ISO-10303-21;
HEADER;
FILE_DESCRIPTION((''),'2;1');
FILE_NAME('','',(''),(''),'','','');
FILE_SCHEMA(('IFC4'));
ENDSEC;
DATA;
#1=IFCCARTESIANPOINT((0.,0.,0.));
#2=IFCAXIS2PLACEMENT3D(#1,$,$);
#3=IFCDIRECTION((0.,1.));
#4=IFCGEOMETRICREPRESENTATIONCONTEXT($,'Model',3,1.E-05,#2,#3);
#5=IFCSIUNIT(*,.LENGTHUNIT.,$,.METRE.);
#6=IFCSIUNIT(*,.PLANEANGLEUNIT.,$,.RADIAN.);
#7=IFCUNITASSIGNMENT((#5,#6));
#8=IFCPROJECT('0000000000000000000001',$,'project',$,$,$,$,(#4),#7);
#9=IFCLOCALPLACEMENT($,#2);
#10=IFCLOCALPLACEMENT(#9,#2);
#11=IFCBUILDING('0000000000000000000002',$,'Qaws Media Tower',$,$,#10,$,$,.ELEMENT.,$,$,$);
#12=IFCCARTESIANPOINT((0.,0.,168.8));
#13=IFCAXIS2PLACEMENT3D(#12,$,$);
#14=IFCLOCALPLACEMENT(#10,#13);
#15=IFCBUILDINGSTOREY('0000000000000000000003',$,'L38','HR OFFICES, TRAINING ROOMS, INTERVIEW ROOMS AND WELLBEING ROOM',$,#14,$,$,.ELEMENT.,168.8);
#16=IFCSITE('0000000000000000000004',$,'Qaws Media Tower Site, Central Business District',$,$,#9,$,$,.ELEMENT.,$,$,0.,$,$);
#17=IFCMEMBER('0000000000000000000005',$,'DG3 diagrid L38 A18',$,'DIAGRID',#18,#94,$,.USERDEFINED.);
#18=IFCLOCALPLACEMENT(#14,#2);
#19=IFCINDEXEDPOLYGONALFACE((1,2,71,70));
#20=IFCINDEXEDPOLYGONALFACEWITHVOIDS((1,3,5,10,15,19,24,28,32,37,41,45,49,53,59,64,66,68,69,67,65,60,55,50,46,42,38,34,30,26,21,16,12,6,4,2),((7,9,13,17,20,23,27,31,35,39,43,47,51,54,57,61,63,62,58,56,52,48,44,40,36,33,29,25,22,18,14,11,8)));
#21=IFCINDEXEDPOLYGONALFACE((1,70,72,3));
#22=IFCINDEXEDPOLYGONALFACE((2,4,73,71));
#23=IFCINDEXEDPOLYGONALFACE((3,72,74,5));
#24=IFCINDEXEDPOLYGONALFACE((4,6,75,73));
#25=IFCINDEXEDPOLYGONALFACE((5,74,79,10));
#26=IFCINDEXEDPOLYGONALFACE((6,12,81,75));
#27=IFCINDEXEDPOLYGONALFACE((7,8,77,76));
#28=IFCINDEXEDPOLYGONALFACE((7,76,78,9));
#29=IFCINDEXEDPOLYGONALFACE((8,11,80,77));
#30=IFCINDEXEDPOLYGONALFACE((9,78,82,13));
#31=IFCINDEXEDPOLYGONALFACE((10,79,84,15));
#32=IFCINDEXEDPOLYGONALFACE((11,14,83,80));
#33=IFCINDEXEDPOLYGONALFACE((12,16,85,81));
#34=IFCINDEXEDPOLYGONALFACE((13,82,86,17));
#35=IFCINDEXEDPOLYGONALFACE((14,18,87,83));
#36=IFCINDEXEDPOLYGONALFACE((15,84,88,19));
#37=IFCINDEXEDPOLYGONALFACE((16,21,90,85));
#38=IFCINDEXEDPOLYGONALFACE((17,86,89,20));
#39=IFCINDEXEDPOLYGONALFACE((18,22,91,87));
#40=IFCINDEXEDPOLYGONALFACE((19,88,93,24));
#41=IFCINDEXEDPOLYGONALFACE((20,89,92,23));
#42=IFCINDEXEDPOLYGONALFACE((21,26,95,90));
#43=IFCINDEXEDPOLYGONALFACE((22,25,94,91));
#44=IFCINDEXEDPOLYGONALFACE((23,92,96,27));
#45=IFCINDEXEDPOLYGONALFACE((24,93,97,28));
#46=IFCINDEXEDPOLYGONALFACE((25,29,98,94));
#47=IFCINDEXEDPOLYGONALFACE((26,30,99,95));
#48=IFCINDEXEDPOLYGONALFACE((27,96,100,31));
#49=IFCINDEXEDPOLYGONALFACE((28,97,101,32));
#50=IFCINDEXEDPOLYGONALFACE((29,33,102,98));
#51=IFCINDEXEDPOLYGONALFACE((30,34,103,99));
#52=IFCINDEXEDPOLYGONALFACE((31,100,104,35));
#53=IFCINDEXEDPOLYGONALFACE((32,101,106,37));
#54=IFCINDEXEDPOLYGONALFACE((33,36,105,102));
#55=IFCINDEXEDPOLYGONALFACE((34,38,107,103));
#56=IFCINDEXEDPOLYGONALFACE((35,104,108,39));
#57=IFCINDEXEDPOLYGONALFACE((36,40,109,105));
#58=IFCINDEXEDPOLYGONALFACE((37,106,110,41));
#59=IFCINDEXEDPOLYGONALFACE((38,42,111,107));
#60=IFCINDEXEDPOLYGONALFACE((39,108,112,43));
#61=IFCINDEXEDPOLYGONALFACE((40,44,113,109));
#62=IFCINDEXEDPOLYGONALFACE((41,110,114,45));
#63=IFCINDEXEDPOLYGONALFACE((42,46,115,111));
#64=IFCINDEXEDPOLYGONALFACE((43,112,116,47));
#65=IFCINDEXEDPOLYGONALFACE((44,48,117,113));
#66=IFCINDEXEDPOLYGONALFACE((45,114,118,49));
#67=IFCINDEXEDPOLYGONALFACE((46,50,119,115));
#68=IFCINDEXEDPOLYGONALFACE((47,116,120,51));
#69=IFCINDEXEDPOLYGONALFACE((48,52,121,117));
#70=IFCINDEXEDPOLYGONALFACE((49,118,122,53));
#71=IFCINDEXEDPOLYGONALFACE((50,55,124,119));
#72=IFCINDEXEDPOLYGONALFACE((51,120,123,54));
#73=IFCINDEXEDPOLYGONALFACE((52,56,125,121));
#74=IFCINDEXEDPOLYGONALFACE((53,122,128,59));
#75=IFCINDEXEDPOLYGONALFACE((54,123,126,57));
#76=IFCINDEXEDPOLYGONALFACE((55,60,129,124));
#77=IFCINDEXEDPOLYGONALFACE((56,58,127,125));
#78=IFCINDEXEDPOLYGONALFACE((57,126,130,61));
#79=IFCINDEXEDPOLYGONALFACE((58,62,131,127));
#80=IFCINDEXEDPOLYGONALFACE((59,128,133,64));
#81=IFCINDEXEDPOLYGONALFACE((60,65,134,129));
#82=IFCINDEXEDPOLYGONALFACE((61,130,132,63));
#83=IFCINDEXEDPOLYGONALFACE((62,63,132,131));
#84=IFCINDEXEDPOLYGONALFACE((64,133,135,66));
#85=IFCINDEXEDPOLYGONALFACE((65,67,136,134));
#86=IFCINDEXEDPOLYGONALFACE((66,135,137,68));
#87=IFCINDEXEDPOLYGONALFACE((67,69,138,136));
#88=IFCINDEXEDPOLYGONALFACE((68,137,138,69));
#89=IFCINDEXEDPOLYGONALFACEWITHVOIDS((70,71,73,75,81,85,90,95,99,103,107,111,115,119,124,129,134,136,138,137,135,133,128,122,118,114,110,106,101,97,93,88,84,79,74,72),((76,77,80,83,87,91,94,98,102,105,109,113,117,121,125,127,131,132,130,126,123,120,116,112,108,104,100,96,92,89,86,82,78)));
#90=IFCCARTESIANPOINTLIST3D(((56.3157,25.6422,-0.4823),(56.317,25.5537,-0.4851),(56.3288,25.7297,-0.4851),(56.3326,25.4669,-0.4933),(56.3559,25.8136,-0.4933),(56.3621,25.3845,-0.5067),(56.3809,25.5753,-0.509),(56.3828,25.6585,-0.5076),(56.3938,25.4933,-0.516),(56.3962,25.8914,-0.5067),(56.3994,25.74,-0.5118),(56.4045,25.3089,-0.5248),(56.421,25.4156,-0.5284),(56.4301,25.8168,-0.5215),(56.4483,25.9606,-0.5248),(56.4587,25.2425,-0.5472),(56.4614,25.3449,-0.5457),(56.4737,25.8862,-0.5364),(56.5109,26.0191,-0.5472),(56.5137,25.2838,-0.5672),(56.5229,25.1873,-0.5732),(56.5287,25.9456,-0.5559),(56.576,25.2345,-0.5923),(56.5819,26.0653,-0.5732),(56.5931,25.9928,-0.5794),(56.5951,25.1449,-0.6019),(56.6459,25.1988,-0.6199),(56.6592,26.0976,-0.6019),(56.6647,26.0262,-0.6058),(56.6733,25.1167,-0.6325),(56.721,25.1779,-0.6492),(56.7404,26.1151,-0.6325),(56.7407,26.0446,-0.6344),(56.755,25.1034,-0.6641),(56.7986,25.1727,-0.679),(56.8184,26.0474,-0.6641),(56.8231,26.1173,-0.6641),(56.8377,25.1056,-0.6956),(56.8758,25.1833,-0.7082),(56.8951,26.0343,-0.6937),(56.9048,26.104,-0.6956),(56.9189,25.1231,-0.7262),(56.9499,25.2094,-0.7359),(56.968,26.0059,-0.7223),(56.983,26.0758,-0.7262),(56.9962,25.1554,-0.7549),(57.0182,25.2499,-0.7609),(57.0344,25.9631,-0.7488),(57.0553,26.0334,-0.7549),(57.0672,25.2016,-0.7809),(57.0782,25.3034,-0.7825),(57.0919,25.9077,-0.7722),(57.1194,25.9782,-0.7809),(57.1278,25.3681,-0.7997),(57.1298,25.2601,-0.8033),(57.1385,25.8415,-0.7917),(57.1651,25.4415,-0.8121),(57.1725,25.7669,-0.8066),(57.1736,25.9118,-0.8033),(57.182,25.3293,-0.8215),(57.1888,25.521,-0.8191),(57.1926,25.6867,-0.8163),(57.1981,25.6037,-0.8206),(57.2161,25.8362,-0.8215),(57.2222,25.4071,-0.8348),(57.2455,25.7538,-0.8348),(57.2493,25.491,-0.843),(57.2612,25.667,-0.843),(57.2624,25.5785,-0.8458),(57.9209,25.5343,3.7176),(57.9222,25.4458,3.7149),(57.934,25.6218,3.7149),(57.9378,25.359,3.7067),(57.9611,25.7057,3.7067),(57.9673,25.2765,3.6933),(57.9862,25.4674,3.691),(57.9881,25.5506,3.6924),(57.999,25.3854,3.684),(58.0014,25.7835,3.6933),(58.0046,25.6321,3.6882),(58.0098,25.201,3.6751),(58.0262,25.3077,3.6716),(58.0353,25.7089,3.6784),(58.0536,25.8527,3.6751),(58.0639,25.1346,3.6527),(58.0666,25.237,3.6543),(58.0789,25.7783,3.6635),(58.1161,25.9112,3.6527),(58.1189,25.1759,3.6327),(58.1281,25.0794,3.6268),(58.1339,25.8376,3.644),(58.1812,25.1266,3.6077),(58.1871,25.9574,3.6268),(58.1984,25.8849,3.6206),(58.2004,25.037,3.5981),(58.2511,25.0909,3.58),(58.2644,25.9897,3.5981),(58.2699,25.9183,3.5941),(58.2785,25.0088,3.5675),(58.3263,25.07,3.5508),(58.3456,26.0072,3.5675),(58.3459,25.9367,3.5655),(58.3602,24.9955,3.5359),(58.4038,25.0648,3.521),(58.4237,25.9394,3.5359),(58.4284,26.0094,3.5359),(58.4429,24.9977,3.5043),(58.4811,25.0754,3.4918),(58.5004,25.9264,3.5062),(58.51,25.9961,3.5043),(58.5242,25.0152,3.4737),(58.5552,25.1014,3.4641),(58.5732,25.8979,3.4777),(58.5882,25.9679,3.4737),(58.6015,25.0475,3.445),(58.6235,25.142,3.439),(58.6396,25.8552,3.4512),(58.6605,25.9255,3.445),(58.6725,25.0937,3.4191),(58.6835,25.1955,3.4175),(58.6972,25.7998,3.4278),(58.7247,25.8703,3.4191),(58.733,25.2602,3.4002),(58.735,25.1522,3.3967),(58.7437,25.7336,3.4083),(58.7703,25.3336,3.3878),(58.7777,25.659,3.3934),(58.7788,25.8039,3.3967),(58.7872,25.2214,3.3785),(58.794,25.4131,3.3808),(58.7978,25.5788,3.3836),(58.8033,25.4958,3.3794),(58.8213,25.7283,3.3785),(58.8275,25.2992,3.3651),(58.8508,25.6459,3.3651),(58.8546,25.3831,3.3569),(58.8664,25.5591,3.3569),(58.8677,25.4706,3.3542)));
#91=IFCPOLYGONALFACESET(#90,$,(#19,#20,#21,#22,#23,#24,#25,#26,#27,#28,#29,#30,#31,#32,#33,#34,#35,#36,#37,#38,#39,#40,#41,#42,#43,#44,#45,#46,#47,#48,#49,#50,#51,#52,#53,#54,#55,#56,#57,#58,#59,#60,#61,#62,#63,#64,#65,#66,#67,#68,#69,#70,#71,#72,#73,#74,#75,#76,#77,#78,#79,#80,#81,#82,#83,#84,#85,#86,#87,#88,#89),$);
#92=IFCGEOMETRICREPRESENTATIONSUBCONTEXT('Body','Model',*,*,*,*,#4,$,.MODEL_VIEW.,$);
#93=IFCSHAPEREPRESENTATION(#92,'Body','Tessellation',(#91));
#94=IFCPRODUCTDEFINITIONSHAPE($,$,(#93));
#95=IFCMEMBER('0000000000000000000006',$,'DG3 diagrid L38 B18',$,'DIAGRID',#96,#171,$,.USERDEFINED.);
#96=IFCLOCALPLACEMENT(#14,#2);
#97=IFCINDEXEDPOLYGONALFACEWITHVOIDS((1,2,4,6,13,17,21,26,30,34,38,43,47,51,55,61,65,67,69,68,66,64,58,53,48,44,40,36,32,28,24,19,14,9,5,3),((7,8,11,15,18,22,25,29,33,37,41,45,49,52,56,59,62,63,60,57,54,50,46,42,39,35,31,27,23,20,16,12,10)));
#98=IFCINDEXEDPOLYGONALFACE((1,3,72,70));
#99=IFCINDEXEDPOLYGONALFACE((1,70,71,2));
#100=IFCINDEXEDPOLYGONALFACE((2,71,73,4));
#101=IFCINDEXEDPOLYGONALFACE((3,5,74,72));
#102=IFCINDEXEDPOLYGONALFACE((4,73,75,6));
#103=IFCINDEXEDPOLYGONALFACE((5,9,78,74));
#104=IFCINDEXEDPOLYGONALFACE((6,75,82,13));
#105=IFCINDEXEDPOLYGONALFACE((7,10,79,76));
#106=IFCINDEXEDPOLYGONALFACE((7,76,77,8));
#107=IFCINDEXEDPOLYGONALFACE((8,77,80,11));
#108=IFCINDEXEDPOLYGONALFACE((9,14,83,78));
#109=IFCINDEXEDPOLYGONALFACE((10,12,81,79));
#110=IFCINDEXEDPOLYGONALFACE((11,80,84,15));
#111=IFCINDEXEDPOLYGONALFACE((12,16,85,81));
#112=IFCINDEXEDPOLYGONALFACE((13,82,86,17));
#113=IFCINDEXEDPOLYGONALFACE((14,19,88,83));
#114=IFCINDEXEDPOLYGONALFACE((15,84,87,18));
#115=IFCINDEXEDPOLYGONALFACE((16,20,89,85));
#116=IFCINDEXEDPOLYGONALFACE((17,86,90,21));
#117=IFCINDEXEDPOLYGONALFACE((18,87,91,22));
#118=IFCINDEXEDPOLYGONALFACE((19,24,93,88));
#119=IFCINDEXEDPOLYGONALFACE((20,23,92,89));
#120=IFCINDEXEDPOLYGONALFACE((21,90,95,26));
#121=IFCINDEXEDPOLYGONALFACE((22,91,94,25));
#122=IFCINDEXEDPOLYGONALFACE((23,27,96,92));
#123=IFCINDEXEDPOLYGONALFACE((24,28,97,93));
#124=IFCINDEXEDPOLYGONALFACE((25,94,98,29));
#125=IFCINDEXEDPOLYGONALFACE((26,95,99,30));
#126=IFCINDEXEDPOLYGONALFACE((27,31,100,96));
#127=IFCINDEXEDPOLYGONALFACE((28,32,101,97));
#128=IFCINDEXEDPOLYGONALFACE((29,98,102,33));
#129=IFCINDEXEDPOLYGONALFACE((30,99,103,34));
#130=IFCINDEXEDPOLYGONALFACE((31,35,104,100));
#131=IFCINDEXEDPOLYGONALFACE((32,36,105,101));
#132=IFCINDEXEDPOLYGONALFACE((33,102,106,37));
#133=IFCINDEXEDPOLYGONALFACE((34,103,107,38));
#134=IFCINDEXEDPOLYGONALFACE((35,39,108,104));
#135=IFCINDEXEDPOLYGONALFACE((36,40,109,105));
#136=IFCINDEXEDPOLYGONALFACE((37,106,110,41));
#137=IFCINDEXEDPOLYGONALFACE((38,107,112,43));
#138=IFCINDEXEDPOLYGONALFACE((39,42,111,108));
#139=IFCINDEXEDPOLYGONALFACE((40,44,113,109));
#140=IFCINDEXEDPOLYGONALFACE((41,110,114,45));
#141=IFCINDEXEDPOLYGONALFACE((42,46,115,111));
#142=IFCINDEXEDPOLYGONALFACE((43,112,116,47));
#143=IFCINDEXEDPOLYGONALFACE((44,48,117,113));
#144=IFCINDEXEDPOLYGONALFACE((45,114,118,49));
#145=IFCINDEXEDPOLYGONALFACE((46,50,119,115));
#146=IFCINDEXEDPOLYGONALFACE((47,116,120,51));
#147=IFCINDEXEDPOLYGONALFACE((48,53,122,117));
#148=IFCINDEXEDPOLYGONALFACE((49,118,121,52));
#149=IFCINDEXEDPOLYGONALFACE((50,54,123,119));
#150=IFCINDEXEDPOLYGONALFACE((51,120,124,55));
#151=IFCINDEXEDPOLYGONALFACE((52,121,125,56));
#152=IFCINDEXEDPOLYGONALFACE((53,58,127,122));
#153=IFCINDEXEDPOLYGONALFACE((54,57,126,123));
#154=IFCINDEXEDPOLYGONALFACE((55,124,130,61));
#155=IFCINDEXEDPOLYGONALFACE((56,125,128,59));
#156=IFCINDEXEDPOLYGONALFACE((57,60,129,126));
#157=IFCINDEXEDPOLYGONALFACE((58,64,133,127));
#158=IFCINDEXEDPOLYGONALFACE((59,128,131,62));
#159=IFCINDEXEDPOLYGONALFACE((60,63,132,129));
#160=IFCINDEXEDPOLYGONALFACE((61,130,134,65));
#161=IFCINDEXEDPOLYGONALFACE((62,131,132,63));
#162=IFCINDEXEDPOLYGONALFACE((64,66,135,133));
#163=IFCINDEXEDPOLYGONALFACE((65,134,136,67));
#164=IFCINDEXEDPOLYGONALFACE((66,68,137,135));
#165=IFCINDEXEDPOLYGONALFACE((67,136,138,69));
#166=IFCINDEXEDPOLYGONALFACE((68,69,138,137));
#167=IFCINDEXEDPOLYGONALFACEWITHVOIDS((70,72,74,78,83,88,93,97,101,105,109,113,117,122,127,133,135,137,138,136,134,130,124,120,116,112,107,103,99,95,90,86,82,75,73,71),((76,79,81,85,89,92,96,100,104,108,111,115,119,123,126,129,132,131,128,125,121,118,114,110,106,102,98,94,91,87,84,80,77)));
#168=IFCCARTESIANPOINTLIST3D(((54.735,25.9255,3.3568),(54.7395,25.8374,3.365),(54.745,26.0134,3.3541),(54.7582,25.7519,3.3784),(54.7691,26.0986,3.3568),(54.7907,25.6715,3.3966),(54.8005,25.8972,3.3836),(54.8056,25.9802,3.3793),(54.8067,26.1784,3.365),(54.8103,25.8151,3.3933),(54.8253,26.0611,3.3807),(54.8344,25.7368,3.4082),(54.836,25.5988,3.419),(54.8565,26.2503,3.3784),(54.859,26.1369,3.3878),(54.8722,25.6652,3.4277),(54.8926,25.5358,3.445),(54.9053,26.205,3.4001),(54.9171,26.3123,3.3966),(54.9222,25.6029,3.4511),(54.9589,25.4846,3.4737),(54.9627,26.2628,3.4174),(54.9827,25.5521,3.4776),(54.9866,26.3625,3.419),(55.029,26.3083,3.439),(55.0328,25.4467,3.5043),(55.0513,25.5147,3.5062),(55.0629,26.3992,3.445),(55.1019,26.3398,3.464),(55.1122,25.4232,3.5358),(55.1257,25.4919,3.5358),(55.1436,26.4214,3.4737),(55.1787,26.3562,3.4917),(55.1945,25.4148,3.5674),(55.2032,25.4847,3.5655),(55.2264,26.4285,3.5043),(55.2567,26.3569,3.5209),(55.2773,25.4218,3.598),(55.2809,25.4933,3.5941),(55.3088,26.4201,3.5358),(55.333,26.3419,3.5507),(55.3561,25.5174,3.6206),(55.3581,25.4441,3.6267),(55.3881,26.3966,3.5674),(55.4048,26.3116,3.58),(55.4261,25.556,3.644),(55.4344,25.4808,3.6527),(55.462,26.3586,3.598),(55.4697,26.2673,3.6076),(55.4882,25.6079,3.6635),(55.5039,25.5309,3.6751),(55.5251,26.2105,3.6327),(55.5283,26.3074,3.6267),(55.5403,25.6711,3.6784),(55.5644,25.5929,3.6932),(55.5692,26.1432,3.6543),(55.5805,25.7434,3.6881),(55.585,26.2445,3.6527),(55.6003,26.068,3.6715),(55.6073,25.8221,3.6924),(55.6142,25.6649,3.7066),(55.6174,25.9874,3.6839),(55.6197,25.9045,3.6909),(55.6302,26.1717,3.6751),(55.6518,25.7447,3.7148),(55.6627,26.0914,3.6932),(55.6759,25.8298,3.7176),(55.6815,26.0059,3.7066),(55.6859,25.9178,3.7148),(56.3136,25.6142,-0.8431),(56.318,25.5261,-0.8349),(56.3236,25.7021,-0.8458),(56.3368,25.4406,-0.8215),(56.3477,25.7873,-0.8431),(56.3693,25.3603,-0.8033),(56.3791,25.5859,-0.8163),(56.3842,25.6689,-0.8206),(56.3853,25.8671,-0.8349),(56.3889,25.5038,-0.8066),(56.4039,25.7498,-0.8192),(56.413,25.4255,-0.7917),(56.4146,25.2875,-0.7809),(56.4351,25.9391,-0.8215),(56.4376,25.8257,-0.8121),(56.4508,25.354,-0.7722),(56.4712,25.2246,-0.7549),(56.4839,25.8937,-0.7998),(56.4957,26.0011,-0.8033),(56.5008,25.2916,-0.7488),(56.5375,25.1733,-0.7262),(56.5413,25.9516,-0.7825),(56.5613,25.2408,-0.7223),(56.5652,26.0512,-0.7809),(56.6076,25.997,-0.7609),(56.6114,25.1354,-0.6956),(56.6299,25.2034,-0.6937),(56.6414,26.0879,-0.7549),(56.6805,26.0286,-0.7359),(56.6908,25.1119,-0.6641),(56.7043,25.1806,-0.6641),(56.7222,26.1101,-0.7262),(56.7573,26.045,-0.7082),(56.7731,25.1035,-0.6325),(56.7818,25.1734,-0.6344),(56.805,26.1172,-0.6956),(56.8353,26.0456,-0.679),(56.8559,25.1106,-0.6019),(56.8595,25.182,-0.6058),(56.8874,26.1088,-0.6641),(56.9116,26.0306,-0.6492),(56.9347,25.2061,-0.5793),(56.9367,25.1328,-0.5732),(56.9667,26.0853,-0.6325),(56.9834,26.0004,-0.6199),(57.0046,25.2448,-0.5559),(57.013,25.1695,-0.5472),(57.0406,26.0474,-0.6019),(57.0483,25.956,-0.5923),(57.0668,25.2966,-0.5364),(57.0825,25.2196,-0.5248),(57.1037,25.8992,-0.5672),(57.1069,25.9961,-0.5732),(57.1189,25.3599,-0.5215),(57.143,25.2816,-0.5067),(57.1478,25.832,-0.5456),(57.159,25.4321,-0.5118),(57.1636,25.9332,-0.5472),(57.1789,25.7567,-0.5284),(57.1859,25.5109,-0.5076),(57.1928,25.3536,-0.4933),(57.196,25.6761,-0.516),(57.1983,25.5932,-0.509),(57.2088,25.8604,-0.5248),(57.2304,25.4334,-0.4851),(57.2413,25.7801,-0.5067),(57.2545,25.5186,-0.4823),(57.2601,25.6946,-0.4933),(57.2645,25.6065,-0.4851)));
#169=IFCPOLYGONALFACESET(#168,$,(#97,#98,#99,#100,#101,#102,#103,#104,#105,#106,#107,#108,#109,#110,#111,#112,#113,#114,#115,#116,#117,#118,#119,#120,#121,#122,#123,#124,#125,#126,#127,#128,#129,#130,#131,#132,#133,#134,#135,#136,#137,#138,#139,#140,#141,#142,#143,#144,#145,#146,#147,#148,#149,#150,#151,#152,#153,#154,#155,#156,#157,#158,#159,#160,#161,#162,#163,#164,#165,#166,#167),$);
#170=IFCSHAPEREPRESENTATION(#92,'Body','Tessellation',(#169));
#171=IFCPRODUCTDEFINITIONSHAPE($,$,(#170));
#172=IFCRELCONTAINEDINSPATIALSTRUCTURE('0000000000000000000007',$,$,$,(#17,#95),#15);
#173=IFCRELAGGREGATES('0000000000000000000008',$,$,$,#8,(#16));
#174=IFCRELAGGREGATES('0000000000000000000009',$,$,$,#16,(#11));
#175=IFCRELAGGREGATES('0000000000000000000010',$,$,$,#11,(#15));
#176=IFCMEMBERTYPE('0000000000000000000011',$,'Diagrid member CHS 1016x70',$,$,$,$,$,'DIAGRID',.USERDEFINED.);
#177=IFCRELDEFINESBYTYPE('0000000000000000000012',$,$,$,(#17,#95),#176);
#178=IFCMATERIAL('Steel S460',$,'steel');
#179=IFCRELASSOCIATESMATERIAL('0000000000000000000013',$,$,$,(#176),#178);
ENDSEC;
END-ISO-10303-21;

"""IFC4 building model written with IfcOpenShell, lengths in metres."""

from ifc_helpers import new_model, si_unit, direction, frame, origin, origin_2d, place, context, subcontext, project, spatial, hollow_circle, extrude, material, material_profile, profile_set, type_object, element, save


model = new_model("IFC4")

# Units and contexts
model_context = context("Model", 3, precision=1e-05, world=origin(), true_north=direction((0.0, 1.0)))
body_context = subcontext(model_context, "Body", "Model", "MODEL_VIEW")
ifc_project = project(units=[si_unit("LENGTHUNIT", "METRE"), si_unit("PLANEANGLEUNIT", "RADIAN")], contexts=[model_context])

# Site, building, storey
site_placement = place(None, origin())
site = spatial("IfcSite", under=ifc_project, at=site_placement, Name="Qaws Media Tower Site, Central Business District", CompositionType="ELEMENT", RefElevation=0.0)
building_placement = place(site_placement, origin())
building = spatial("IfcBuilding", under=site, at=building_placement, Name="Qaws Media Tower", CompositionType="ELEMENT")
storey_placement = place(building_placement, frame((0.0, 0.0, 168.8)))
storey = spatial("IfcBuildingStorey", under=building, at=storey_placement, Name="L38", Description="HR OFFICES, TRAINING ROOMS, INTERVIEW ROOMS AND WELLBEING ROOM", CompositionType="ELEMENT", Elevation=168.8)

# Members
ifc_material_1 = material(Name="Steel S460", Category="steel")
ifc_material_profile_1 = material_profile(ifc_material_1, hollow_circle(Radius=0.5081, WallThickness=0.0701, at=origin_2d()), Name="CHS 1016x70")
ifc_profile_set_1 = profile_set([ifc_material_profile_1], Name="Steel S460")
member_type_1 = type_object("IfcMemberType", Name="Diagrid member CHS 1016x70", ElementType="DIAGRID", PredefinedType="USERDEFINED", material=ifc_profile_set_1)
for number, where, z_axis, x_axis, name in (
    (1, (56.7891, 25.6104, -0.6641), (0.356911, -0.023993, 0.93383), (0.067073, 0.997748, 0.0), "DG3 diagrid L38 A18"),
    (2, (56.7891, 25.6104, -0.6641), (-0.350989, 0.06921, 0.933818), (-0.19346, -0.981108, 0.0), "DG3 diagrid L38 B18"),
):
    element("IfcMember", number, at=place(storey_placement, frame(where, z_axis=z_axis, x_axis=x_axis)), inside=storey, type_object=member_type_1, Name=name, ObjectType="DIAGRID", PredefinedType="USERDEFINED", context=body_context, shape_type="SweptSolid", body=[
        extrude(hollow_circle(Radius=0.5081, WallThickness=0.0701, at=origin_2d()), origin(), (0.0, 0.0, 1.0), 4.4976),
    ])

save(model, "model.ifc")
